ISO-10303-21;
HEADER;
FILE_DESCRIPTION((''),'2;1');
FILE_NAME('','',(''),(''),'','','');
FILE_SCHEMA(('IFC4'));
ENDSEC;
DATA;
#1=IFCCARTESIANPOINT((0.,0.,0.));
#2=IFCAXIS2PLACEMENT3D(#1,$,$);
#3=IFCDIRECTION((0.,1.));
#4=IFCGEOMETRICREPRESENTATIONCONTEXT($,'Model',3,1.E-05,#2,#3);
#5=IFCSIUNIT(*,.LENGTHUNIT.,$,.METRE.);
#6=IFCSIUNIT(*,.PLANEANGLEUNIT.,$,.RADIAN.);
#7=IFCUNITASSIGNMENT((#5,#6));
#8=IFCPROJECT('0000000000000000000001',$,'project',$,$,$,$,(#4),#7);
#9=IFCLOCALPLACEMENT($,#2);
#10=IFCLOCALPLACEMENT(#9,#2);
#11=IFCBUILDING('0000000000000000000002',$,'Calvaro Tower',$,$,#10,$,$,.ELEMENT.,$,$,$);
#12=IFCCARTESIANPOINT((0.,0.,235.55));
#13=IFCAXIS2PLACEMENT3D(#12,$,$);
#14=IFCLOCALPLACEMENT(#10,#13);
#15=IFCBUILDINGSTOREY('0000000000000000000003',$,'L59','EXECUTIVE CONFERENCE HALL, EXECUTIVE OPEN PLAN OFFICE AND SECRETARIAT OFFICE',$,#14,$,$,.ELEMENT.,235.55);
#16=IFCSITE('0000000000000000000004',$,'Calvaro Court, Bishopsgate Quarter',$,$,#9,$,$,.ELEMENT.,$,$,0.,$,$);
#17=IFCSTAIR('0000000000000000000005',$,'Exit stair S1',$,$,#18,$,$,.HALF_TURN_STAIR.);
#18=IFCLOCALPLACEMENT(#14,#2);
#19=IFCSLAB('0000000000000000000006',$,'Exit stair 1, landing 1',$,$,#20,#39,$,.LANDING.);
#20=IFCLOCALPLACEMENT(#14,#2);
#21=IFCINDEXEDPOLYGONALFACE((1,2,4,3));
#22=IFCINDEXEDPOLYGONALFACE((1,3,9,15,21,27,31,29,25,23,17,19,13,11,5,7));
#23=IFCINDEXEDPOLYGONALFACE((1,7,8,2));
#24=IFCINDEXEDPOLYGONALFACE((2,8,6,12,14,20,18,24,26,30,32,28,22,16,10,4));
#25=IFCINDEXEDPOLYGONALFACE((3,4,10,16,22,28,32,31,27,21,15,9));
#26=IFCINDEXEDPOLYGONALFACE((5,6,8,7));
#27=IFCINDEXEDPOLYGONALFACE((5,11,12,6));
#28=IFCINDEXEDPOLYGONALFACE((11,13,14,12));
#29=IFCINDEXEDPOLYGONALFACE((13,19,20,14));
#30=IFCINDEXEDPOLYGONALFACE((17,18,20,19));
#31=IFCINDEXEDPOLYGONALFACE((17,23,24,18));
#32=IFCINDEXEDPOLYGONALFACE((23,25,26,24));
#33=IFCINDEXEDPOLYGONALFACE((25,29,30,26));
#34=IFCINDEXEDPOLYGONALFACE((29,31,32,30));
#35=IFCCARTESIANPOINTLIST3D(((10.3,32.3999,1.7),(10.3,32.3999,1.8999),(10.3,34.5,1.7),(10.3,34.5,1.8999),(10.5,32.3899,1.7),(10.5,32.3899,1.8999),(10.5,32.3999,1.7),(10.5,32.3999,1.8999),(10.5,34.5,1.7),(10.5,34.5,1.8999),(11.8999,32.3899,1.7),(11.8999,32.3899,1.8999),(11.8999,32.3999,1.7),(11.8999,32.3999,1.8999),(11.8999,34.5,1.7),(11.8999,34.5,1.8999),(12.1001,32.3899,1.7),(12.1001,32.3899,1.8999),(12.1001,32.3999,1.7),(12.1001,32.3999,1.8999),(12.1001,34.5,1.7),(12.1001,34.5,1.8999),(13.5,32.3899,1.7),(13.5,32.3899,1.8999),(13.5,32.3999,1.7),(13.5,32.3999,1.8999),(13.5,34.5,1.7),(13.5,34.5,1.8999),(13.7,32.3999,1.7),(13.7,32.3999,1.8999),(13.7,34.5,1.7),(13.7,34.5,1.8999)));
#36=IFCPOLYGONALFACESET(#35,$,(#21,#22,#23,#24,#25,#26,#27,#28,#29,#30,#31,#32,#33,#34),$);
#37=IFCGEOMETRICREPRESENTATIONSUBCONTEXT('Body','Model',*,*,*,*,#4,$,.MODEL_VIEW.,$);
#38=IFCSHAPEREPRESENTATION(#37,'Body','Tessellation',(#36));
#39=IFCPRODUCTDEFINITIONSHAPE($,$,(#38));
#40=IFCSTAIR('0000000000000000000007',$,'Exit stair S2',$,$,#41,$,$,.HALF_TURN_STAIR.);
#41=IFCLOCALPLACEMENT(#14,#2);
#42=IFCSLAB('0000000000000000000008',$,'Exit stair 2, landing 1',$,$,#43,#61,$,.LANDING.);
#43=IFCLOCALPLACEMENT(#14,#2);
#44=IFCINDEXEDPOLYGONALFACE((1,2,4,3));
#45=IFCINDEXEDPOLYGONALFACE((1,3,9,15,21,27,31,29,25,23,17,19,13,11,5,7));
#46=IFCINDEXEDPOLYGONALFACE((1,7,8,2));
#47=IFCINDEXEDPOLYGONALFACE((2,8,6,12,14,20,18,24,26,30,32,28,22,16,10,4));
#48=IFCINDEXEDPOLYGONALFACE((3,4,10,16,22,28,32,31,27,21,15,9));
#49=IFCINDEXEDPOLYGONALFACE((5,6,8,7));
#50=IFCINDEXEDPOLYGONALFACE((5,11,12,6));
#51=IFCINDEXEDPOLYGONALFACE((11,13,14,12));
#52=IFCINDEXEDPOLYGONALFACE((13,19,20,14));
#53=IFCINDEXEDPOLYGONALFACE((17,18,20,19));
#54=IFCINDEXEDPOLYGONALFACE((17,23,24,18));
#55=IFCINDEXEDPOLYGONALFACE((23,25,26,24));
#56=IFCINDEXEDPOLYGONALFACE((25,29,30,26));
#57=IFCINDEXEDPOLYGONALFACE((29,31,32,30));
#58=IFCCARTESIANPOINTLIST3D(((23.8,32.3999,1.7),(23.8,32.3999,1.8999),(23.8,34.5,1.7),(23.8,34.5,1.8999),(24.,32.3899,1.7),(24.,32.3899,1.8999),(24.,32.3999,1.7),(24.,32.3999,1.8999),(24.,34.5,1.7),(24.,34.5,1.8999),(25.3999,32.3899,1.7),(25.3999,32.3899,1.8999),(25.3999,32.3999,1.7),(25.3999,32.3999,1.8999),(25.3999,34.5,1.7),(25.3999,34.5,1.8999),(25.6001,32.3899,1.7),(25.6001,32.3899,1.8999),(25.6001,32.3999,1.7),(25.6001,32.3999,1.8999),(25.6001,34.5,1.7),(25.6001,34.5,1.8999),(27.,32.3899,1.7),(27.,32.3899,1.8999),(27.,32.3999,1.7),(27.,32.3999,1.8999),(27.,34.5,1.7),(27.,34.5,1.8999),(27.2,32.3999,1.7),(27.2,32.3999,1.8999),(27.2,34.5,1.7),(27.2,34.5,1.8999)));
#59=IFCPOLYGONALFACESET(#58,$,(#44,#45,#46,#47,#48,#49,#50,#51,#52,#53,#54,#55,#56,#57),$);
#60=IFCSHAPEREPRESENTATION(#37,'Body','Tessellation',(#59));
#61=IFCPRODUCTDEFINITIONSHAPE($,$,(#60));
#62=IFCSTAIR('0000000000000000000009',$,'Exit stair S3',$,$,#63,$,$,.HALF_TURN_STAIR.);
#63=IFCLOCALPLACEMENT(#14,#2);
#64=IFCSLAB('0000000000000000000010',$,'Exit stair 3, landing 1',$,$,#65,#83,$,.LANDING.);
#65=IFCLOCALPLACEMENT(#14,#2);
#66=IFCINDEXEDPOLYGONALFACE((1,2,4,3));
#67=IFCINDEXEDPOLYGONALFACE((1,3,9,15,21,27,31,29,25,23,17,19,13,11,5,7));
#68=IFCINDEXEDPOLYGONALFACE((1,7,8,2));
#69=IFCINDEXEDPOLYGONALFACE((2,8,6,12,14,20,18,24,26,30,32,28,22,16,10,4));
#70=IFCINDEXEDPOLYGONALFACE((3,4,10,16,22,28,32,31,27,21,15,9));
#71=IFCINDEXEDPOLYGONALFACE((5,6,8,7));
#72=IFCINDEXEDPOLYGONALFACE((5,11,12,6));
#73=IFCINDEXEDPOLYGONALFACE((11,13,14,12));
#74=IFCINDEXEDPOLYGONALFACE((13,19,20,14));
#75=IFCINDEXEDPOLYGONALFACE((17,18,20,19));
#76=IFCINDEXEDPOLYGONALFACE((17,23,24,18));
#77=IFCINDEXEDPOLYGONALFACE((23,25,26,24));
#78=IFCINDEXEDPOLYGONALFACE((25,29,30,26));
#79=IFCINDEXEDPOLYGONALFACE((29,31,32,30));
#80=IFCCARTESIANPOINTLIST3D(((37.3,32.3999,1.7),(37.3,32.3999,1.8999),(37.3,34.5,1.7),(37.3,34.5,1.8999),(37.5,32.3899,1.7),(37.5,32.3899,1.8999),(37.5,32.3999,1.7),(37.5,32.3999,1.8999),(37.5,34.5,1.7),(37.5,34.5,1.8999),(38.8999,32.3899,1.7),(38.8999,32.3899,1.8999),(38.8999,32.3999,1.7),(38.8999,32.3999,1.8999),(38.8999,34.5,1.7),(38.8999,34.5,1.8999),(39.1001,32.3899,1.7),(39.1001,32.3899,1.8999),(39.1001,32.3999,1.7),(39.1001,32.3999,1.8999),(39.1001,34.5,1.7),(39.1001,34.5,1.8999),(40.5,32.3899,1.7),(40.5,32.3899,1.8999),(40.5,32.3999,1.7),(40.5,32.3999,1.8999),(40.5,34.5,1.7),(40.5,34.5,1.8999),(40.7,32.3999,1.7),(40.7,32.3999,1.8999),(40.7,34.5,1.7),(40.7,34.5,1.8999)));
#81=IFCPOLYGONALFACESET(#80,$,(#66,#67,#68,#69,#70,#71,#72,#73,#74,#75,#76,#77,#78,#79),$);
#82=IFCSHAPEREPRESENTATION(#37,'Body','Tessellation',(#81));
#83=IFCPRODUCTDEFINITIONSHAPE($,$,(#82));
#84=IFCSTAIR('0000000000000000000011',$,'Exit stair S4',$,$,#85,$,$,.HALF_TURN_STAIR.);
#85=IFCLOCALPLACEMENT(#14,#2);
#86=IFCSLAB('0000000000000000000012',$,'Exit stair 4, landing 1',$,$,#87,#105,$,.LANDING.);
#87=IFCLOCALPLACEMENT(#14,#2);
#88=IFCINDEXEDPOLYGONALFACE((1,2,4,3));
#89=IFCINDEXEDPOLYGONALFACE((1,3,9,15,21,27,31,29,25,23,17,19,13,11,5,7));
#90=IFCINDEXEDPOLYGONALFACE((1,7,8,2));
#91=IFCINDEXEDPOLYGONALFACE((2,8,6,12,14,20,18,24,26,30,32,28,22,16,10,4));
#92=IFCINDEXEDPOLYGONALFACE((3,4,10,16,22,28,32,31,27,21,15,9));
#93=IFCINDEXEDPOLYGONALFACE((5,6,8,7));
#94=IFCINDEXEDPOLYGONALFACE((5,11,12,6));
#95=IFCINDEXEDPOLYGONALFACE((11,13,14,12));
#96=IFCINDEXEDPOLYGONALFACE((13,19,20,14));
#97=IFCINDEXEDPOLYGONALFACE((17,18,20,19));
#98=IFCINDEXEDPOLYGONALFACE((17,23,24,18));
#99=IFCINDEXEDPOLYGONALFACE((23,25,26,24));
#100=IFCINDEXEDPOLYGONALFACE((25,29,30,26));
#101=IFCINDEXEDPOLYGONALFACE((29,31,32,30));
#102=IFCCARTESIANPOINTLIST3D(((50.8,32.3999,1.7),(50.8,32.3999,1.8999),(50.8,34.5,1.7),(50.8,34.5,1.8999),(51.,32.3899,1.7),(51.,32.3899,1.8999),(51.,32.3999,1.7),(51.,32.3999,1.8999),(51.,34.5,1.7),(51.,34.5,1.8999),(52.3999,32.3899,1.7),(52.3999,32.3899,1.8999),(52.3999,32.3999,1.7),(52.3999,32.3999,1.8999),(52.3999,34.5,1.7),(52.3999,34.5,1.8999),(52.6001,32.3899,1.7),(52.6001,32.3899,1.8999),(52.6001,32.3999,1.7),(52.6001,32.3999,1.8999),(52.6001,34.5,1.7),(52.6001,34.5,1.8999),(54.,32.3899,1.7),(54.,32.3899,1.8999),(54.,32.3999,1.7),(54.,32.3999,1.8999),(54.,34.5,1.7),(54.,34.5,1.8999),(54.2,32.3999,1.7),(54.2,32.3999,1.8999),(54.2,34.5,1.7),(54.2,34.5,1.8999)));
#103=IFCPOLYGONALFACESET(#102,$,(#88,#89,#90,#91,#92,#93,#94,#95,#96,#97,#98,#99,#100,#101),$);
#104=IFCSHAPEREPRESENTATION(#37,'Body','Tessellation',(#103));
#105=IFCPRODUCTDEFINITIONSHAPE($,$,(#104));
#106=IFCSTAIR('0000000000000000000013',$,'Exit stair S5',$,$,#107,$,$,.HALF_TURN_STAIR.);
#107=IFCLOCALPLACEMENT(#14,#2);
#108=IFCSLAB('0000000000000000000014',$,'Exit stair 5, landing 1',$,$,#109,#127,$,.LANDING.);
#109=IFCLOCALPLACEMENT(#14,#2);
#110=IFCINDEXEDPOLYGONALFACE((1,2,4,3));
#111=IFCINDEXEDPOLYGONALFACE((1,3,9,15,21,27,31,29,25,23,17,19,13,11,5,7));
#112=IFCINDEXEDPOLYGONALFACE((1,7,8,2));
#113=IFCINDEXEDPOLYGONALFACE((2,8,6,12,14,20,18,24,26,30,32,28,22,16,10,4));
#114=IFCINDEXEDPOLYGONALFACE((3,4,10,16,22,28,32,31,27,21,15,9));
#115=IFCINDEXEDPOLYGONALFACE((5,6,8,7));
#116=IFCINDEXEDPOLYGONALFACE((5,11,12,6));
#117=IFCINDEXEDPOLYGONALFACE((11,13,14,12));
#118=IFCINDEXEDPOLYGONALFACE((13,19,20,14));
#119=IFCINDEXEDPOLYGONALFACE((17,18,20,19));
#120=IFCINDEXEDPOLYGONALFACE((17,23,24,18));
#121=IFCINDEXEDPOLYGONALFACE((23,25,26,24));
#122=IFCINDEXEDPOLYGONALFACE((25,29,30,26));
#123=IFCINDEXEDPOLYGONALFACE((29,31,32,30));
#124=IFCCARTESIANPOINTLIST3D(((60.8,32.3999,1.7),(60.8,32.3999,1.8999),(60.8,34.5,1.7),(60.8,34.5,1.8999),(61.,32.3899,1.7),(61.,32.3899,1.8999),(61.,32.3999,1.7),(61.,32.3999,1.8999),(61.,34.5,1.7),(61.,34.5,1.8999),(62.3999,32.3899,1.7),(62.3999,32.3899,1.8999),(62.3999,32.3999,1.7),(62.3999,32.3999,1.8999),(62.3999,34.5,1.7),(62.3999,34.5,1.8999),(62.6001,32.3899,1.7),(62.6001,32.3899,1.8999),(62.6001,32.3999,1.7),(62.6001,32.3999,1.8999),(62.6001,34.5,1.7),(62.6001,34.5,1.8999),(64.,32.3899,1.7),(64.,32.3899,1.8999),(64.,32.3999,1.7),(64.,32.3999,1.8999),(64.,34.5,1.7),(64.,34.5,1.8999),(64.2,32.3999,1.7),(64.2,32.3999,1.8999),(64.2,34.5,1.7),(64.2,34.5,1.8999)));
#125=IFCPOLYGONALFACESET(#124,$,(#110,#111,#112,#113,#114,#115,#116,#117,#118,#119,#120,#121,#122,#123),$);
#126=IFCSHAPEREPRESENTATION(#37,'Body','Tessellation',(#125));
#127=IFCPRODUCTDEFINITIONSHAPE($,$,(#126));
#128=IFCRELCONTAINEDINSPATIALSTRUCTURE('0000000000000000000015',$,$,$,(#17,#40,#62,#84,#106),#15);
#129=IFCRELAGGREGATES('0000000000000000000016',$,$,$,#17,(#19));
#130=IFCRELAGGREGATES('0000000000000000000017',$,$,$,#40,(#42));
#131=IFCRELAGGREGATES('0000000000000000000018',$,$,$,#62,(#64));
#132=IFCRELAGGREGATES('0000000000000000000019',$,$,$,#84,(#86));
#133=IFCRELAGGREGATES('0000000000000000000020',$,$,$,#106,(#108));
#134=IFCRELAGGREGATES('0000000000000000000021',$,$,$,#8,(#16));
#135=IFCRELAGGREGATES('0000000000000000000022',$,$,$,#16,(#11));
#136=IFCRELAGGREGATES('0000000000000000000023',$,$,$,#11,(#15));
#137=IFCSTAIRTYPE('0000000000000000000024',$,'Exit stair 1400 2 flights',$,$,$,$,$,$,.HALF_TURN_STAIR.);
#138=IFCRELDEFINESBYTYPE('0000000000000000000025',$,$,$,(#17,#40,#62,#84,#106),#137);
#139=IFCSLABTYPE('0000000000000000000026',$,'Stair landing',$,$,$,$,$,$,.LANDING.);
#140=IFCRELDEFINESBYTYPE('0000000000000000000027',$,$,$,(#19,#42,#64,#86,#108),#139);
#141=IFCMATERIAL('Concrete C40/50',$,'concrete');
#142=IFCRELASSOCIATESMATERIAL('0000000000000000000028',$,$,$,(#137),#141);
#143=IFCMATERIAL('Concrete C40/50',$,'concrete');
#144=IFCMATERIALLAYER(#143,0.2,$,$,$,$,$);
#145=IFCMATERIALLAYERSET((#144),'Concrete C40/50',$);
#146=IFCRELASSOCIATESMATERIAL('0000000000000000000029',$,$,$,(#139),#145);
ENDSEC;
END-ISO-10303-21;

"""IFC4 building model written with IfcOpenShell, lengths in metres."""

from ifc_helpers import new_model, si_unit, direction, frame, origin, place, context, subcontext, project, spatial, polyline, outline, extrude, material, layer, layer_set, type_object, element, aggregate, save


model = new_model("IFC4")

# Units and contexts
model_context = context("Model", 3, precision=1e-05, world=origin(), true_north=direction((0.0, 1.0)))
body_context = subcontext(model_context, "Body", "Model", "MODEL_VIEW")
ifc_project = project(units=[si_unit("LENGTHUNIT", "METRE"), si_unit("PLANEANGLEUNIT", "RADIAN")], contexts=[model_context])

# Site, building, storey
site_placement = place(None, origin())
site = spatial("IfcSite", under=ifc_project, at=site_placement, Name="Calvaro Court, Bishopsgate Quarter", CompositionType="ELEMENT", RefElevation=0.0)
building_placement = place(site_placement, origin())
building = spatial("IfcBuilding", under=site, at=building_placement, Name="Calvaro Tower", CompositionType="ELEMENT")
storey_placement = place(building_placement, frame((0.0, 0.0, 235.55)))
storey = spatial("IfcBuildingStorey", under=building, at=storey_placement, Name="L59", Description="EXECUTIVE CONFERENCE HALL, EXECUTIVE OPEN PLAN OFFICE AND SECRETARIAT OFFICE", CompositionType="ELEMENT", Elevation=235.55)

# Stairs, slabs
ifc_material_1 = material(Name="Concrete C40/50", Category="concrete")
stair_type = type_object("IfcStairType", Name="Exit stair 1400 2 flights", PredefinedType="HALF_TURN_STAIR", material=ifc_material_1)
stair_1_placement = place(storey_placement, origin())
stair_1 = element("IfcStair", 1, at=stair_1_placement, inside=storey, type_object=stair_type, Name="Exit stair S1", PredefinedType="HALF_TURN_STAIR")
ifc_material_2 = material(Name="Concrete C40/50", Category="concrete")
ifc_layer_1 = layer(ifc_material_2, 0.2)
ifc_layer_set_1 = layer_set([ifc_layer_1], Name="Concrete C40/50")
slab_type_1 = type_object("IfcSlabType", Name="Stair landing", PredefinedType="LANDING", material=ifc_layer_set_1)
slab_1_placement = place(storey_placement, frame((0.0, 0.0, 1.7)))
slab_1 = element("IfcSlab", 2, at=slab_1_placement, type_object=slab_type_1, Name="Exit stair 1, landing 1", PredefinedType="LANDING", context=body_context, shape_type="SweptSolid", body=[
    extrude(outline(polyline([(11.8999, 32.3899), (10.5, 32.3899), (10.5, 32.3999), (10.3, 32.3999), (10.3, 34.5), (10.5, 34.5), (11.8999, 34.5), (12.1001, 34.5), (13.5, 34.5), (13.7, 34.5), (13.7, 32.3999), (13.5, 32.3999), (13.5, 32.3899), (12.1001, 32.3899), (12.1001, 32.3999), (11.8999, 32.3999), (11.8999, 32.3899)])), origin(), (0.0, 0.0, 1.0), 0.2),
])
aggregate(stair_1, [slab_1])
stair_2_placement = place(storey_placement, origin())
stair_2 = element("IfcStair", 3, at=stair_2_placement, inside=storey, type_object=stair_type, Name="Exit stair S2", PredefinedType="HALF_TURN_STAIR")
slab_2_placement = place(storey_placement, frame((0.0, 0.0, 1.7)))
slab_2 = element("IfcSlab", 4, at=slab_2_placement, type_object=slab_type_1, Name="Exit stair 2, landing 1", PredefinedType="LANDING", context=body_context, shape_type="SweptSolid", body=[
    extrude(outline(polyline([(25.3999, 32.3899), (24.0, 32.3899), (24.0, 32.3999), (23.8, 32.3999), (23.8, 34.5), (24.0, 34.5), (25.3999, 34.5), (25.6001, 34.5), (27.0, 34.5), (27.2, 34.5), (27.2, 32.3999), (27.0, 32.3999), (27.0, 32.3899), (25.6001, 32.3899), (25.6001, 32.3999), (25.3999, 32.3999), (25.3999, 32.3899)])), origin(), (0.0, 0.0, 1.0), 0.2),
])
aggregate(stair_2, [slab_2])
stair_3_placement = place(storey_placement, origin())
stair_3 = element("IfcStair", 5, at=stair_3_placement, inside=storey, type_object=stair_type, Name="Exit stair S3", PredefinedType="HALF_TURN_STAIR")
slab_3_placement = place(storey_placement, frame((0.0, 0.0, 1.7)))
slab_3 = element("IfcSlab", 6, at=slab_3_placement, type_object=slab_type_1, Name="Exit stair 3, landing 1", PredefinedType="LANDING", context=body_context, shape_type="SweptSolid", body=[
    extrude(outline(polyline([(38.8999, 32.3899), (37.5, 32.3899), (37.5, 32.3999), (37.3, 32.3999), (37.3, 34.5), (37.5, 34.5), (38.8999, 34.5), (39.1001, 34.5), (40.5, 34.5), (40.7, 34.5), (40.7, 32.3999), (40.5, 32.3999), (40.5, 32.3899), (39.1001, 32.3899), (39.1001, 32.3999), (38.8999, 32.3999), (38.8999, 32.3899)])), origin(), (0.0, 0.0, 1.0), 0.2),
])
aggregate(stair_3, [slab_3])
stair_4_placement = place(storey_placement, origin())
stair_4 = element("IfcStair", 7, at=stair_4_placement, inside=storey, type_object=stair_type, Name="Exit stair S4", PredefinedType="HALF_TURN_STAIR")
slab_4_placement = place(storey_placement, frame((0.0, 0.0, 1.7)))
slab_4 = element("IfcSlab", 8, at=slab_4_placement, type_object=slab_type_1, Name="Exit stair 4, landing 1", PredefinedType="LANDING", context=body_context, shape_type="SweptSolid", body=[
    extrude(outline(polyline([(52.3999, 32.3899), (51.0, 32.3899), (51.0, 32.3999), (50.8, 32.3999), (50.8, 34.5), (51.0, 34.5), (52.3999, 34.5), (52.6001, 34.5), (54.0, 34.5), (54.2, 34.5), (54.2, 32.3999), (54.0, 32.3999), (54.0, 32.3899), (52.6001, 32.3899), (52.6001, 32.3999), (52.3999, 32.3999), (52.3999, 32.3899)])), origin(), (0.0, 0.0, 1.0), 0.2),
])
aggregate(stair_4, [slab_4])
stair_5_placement = place(storey_placement, origin())
stair_5 = element("IfcStair", 9, at=stair_5_placement, inside=storey, type_object=stair_type, Name="Exit stair S5", PredefinedType="HALF_TURN_STAIR")
slab_5_placement = place(storey_placement, frame((0.0, 0.0, 1.7)))
slab_5 = element("IfcSlab", 10, at=slab_5_placement, type_object=slab_type_1, Name="Exit stair 5, landing 1", PredefinedType="LANDING", context=body_context, shape_type="SweptSolid", body=[
    extrude(outline(polyline([(62.3999, 32.3899), (61.0, 32.3899), (61.0, 32.3999), (60.8, 32.3999), (60.8, 34.5), (61.0, 34.5), (62.3999, 34.5), (62.6001, 34.5), (64.0, 34.5), (64.2, 34.5), (64.2, 32.3999), (64.0, 32.3999), (64.0, 32.3899), (62.6001, 32.3899), (62.6001, 32.3999), (62.3999, 32.3999), (62.3999, 32.3899)])), origin(), (0.0, 0.0, 1.0), 0.2),
])
aggregate(stair_5, [slab_5])

save(model, "model.ifc")
